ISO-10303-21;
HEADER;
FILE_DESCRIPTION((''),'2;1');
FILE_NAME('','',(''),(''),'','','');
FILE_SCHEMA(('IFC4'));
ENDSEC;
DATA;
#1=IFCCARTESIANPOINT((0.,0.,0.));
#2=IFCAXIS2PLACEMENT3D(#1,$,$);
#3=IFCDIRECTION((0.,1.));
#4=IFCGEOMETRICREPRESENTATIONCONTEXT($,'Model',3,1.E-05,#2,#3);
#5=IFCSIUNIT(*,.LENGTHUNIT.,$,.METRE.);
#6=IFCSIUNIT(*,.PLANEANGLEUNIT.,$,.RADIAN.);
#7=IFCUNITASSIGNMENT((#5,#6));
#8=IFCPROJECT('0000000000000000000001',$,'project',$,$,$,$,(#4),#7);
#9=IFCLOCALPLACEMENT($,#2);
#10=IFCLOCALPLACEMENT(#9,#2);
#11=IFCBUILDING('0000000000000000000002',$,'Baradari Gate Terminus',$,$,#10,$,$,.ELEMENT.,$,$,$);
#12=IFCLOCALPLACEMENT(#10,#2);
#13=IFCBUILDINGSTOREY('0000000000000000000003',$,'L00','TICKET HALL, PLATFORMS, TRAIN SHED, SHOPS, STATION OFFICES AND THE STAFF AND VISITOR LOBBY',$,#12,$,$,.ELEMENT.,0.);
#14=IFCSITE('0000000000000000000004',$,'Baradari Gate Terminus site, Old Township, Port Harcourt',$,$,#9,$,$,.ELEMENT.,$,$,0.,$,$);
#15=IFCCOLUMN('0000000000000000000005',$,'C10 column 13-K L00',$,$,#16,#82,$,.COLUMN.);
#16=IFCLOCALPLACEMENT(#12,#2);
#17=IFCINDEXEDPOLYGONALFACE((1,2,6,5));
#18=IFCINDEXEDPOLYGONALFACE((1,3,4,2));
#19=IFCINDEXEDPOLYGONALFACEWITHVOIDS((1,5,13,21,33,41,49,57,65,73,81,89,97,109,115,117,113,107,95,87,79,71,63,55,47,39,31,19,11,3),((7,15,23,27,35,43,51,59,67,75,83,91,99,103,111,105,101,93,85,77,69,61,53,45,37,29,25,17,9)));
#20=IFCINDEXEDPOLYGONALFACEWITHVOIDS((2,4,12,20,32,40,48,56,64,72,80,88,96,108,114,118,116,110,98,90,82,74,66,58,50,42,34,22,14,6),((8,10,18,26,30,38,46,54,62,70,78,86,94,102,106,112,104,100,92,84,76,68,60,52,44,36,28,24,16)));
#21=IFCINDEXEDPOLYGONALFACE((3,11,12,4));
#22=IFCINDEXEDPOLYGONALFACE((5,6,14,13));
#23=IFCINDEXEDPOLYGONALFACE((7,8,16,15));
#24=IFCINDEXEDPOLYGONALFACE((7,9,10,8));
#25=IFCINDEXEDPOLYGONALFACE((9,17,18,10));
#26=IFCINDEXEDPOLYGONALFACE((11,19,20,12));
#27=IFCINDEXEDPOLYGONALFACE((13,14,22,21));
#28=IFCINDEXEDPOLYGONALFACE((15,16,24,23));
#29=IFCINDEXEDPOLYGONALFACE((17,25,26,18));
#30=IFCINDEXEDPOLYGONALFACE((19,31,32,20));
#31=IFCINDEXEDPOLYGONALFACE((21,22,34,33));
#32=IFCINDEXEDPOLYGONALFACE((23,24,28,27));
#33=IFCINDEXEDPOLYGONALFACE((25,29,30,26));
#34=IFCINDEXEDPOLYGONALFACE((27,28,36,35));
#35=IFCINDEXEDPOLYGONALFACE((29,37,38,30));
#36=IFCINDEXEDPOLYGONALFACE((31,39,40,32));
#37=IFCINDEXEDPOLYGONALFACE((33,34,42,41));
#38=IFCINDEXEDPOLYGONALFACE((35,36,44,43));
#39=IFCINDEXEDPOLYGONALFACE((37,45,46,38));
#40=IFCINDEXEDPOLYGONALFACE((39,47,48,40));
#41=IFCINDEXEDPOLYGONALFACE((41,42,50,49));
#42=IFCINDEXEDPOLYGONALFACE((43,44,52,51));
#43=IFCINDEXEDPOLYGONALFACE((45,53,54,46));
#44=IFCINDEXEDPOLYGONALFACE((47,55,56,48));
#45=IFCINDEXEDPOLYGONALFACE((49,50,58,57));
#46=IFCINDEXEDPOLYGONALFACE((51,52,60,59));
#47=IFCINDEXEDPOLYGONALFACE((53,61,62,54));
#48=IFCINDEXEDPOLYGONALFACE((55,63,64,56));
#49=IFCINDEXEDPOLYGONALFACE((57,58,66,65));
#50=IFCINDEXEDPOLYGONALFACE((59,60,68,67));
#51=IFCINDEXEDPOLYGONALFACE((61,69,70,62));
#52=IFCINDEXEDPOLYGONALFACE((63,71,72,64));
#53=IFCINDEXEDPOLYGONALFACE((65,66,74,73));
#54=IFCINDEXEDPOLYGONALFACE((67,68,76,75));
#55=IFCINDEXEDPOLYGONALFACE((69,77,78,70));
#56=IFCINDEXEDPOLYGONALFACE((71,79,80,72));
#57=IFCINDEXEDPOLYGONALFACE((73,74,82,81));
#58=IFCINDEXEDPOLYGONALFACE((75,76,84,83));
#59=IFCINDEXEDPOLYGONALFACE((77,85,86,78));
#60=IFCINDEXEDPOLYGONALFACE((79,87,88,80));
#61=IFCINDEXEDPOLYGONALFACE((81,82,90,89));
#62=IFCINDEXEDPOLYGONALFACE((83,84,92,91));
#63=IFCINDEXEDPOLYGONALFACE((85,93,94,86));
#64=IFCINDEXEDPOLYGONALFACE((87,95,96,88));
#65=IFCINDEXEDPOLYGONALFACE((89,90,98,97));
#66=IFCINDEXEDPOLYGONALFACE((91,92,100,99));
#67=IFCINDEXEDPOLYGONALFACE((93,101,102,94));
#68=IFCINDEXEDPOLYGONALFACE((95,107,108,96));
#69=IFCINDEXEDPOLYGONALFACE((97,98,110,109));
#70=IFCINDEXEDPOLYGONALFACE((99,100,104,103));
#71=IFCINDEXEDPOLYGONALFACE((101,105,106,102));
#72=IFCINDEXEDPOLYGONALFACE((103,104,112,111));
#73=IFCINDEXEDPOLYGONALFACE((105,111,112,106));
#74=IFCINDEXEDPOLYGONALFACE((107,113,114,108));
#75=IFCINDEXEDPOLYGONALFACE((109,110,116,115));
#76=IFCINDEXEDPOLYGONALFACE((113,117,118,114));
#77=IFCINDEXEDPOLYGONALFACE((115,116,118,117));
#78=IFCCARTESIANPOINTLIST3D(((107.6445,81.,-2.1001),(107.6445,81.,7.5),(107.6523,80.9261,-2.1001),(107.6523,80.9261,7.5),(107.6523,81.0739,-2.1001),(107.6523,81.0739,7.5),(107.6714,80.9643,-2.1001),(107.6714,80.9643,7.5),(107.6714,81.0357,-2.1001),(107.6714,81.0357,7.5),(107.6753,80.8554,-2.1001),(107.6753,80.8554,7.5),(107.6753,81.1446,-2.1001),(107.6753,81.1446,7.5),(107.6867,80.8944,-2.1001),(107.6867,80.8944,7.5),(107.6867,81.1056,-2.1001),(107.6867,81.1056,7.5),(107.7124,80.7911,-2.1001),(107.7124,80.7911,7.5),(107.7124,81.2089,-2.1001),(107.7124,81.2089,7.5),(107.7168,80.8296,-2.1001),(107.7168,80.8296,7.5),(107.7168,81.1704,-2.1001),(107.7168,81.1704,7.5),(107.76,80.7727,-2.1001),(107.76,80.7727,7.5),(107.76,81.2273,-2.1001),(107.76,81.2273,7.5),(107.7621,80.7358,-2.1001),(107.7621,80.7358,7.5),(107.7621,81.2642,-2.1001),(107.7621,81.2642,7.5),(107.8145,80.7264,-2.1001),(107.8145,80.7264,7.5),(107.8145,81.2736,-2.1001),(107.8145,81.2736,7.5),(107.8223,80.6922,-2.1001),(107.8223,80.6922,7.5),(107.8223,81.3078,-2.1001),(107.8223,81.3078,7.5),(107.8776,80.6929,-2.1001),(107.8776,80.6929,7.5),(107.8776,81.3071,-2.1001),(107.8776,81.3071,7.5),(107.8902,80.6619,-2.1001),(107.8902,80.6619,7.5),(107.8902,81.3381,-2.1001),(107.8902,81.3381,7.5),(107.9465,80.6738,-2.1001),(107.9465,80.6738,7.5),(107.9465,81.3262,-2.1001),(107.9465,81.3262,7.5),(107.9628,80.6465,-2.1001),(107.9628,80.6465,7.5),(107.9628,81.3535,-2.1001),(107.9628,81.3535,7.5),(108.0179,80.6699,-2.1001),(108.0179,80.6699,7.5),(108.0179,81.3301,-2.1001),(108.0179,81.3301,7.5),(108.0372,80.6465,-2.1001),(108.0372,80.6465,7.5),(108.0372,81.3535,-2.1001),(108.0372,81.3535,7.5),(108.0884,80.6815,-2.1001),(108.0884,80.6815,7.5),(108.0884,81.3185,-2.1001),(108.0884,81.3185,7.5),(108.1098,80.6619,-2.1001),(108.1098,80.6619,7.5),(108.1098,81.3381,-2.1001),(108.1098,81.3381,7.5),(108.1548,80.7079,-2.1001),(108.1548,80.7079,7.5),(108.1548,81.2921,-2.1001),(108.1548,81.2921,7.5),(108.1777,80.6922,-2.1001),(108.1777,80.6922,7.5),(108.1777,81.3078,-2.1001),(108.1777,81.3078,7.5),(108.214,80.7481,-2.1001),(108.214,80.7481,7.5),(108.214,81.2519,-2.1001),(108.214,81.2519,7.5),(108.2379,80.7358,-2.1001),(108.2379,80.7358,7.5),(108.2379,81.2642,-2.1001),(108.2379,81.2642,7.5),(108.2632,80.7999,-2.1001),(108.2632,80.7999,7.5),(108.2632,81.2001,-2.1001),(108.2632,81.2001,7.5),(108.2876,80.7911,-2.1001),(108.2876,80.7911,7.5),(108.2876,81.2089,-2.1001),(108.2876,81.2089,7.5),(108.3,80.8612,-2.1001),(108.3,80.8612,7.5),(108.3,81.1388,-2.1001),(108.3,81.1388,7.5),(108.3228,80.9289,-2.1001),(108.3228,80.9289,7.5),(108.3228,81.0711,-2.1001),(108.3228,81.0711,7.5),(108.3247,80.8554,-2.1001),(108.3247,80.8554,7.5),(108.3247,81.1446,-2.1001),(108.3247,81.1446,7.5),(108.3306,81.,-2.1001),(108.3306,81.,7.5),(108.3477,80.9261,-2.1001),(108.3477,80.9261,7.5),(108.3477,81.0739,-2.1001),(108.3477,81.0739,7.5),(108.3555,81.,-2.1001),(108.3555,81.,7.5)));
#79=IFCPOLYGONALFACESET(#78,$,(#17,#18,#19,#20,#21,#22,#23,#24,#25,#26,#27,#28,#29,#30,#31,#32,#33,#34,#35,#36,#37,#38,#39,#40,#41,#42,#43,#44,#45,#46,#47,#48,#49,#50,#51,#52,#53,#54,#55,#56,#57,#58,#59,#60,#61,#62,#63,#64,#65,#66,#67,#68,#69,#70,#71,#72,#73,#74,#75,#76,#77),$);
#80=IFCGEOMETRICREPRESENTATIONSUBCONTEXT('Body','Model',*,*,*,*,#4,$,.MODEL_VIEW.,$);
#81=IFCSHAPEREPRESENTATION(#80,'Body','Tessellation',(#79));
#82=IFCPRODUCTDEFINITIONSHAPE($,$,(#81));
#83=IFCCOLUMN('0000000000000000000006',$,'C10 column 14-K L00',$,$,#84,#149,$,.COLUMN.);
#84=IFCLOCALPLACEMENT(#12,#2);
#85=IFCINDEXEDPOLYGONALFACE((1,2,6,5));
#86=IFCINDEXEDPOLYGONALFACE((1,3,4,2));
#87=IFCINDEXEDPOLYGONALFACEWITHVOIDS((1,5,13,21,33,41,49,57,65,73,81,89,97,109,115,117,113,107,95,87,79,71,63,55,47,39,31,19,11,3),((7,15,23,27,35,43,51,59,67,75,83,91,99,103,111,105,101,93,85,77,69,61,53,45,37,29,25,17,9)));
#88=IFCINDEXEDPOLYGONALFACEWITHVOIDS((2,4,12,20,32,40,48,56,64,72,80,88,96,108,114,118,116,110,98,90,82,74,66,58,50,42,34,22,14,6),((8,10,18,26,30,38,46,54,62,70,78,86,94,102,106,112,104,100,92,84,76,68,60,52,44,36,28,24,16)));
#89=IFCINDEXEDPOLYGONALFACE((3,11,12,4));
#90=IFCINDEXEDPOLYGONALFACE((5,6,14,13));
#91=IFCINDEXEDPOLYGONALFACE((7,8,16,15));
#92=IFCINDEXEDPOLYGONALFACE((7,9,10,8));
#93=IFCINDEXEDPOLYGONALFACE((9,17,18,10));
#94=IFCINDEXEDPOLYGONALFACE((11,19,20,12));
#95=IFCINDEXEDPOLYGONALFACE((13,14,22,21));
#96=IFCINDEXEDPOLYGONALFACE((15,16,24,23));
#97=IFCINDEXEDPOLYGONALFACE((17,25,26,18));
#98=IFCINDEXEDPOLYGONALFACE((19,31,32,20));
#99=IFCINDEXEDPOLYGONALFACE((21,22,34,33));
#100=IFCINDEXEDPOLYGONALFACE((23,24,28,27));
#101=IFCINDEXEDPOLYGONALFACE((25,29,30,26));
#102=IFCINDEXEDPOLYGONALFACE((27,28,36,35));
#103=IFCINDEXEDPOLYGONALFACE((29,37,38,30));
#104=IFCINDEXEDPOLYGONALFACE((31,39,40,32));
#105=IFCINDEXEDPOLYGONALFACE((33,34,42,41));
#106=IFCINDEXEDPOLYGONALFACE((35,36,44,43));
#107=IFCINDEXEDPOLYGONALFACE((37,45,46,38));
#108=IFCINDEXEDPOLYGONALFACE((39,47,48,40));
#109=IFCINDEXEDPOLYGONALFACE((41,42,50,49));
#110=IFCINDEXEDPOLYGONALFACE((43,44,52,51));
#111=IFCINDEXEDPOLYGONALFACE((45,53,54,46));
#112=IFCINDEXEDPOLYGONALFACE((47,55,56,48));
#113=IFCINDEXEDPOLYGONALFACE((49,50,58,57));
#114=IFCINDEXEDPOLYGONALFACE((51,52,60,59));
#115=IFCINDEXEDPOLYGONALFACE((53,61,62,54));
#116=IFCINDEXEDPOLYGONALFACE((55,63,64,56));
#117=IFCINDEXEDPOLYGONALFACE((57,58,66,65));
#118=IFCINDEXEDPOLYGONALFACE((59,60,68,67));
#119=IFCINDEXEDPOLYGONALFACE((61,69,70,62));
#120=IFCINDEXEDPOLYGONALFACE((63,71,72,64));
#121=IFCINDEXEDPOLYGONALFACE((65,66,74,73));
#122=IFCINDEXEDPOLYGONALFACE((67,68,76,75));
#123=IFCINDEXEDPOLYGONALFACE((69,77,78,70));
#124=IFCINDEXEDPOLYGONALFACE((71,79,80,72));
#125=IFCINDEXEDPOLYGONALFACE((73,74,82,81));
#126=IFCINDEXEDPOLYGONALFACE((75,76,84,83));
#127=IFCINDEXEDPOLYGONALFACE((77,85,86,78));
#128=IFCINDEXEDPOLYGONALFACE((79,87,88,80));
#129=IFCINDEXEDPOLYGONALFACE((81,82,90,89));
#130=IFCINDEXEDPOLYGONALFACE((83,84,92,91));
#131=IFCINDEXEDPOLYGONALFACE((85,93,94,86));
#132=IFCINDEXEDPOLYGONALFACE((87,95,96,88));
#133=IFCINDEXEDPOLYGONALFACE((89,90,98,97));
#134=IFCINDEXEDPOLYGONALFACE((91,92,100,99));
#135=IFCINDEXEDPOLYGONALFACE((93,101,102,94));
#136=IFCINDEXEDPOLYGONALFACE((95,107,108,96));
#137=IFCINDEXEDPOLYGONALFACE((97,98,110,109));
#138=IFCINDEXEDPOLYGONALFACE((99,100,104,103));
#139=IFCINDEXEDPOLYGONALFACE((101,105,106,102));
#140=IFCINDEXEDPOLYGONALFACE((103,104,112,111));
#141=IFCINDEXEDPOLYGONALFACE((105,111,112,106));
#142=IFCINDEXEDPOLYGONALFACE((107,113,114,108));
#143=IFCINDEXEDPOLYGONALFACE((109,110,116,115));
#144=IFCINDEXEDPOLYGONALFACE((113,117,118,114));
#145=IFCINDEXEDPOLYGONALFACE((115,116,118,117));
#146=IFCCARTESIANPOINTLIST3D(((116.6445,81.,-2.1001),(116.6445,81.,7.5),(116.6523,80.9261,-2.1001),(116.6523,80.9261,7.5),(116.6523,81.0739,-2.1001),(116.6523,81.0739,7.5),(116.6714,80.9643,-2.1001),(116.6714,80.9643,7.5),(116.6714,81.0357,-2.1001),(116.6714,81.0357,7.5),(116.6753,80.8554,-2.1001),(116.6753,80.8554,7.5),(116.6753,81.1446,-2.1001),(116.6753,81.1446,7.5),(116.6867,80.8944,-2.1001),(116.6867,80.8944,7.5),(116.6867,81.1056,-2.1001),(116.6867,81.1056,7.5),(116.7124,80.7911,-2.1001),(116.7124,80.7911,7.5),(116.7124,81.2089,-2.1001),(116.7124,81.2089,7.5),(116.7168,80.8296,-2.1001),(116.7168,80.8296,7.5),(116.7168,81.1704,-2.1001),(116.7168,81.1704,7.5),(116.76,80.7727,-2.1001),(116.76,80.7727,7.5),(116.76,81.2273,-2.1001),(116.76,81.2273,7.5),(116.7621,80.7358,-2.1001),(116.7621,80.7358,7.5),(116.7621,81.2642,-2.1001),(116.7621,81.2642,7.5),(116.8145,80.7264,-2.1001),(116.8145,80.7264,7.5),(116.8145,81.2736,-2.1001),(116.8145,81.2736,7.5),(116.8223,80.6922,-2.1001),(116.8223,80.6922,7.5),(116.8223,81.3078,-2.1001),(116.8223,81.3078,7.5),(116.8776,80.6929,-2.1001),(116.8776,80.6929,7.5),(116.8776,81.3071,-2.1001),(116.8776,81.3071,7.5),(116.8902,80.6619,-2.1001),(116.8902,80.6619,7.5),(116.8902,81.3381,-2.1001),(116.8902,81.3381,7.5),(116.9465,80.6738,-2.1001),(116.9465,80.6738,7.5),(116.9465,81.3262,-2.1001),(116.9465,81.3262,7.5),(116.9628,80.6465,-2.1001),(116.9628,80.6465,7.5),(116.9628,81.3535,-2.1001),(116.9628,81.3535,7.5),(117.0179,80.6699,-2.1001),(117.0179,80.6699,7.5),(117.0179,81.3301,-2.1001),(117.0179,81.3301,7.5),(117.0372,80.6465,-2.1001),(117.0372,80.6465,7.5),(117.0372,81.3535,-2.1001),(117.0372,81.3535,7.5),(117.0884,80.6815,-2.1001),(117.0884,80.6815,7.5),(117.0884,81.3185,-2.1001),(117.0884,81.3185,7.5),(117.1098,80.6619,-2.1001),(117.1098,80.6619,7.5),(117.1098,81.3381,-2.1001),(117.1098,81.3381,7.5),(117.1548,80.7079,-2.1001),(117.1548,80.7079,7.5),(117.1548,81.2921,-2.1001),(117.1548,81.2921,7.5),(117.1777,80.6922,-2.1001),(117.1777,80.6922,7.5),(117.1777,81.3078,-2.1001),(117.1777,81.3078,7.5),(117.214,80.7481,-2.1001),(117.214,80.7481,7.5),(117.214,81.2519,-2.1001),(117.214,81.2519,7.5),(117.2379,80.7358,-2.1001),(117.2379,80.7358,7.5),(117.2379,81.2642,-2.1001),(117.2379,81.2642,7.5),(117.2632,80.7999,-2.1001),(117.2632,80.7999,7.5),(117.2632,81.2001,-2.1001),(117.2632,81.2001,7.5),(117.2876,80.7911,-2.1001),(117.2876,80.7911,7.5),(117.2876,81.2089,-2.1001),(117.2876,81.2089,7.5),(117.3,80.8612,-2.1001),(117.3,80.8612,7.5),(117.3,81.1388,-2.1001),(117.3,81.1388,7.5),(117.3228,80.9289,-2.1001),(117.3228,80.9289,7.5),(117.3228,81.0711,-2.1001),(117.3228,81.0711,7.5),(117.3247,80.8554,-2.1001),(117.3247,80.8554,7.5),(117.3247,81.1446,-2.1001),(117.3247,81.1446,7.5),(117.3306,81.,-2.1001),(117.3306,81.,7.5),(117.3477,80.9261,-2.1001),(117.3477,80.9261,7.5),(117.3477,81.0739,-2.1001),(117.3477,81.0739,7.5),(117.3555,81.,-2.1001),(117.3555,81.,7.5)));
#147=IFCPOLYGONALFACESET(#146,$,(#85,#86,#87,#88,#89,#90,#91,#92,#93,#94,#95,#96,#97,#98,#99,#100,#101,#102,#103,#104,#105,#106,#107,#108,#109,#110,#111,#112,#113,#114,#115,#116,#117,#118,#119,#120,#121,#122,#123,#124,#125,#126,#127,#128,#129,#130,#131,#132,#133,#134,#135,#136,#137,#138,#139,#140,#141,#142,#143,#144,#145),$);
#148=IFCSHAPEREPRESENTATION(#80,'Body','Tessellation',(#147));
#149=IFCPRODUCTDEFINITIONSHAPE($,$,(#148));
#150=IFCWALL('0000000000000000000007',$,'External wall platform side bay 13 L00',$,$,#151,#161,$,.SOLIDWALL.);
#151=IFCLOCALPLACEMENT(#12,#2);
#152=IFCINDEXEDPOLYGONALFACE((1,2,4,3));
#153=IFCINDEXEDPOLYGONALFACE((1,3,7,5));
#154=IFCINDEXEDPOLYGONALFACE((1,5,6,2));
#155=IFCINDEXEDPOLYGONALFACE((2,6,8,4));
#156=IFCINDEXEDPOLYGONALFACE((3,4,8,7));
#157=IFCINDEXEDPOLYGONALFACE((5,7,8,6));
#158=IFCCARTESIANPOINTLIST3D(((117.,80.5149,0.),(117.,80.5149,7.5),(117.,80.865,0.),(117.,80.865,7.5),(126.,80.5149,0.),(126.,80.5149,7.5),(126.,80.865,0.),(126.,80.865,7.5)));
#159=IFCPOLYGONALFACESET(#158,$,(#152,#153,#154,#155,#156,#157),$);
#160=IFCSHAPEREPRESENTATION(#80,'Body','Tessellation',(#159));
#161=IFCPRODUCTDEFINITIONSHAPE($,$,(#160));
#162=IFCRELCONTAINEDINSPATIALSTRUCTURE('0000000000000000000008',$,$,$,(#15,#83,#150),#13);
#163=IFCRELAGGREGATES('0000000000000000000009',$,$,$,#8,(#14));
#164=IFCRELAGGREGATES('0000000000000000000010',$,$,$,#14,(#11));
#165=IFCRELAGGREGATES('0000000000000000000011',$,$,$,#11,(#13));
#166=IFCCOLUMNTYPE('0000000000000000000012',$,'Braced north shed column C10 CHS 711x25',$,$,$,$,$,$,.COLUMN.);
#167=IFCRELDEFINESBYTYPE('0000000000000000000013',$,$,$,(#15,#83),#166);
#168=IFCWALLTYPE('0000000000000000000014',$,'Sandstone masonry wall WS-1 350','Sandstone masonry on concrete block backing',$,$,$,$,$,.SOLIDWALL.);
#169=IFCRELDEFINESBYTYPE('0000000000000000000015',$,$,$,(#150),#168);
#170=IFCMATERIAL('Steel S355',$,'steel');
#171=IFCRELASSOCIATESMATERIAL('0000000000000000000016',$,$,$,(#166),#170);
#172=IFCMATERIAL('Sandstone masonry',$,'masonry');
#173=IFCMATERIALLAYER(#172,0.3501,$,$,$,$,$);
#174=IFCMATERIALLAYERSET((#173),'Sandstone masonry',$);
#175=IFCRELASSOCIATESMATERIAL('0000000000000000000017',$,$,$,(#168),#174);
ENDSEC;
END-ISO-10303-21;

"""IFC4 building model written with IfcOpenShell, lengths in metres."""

from ifc_helpers import new_model, si_unit, direction, frame, frame_2d, origin, origin_2d, place, context, subcontext, project, spatial, rectangle, hollow_circle, extrude, material, layer, layer_set, material_profile, profile_set, type_object, element, save


model = new_model("IFC4")

# Units and contexts
model_context = context("Model", 3, precision=1e-05, world=origin(), true_north=direction((0.0, 1.0)))
body_context = subcontext(model_context, "Body", "Model", "MODEL_VIEW")
ifc_project = project(units=[si_unit("LENGTHUNIT", "METRE"), si_unit("PLANEANGLEUNIT", "RADIAN")], contexts=[model_context])

# Site, building, storey
site_placement = place(None, origin())
site = spatial("IfcSite", under=ifc_project, at=site_placement, Name="Baradari Gate Terminus site, Old Township, Port Harcourt", CompositionType="ELEMENT", RefElevation=0.0)
building_placement = place(site_placement, origin())
building = spatial("IfcBuilding", under=site, at=building_placement, Name="Baradari Gate Terminus", CompositionType="ELEMENT")
storey_placement = place(building_placement, origin())
storey = spatial("IfcBuildingStorey", under=building, at=storey_placement, Name="L00", Description="TICKET HALL, PLATFORMS, TRAIN SHED, SHOPS, STATION OFFICES AND THE STAFF AND VISITOR LOBBY", CompositionType="ELEMENT", Elevation=0.0)

# Columns
ifc_material_1 = material(Name="Steel S355", Category="steel")
ifc_material_profile = material_profile(ifc_material_1, hollow_circle(Radius=0.3555, WallThickness=0.0249, at=origin_2d()), Name="CHS 711x25")
ifc_profile_set = profile_set([ifc_material_profile], Name="Steel S355")
column_type = type_object("IfcColumnType", Name="Braced north shed column C10 CHS 711x25", PredefinedType="COLUMN", material=ifc_profile_set)
for number, where, z_axis, x_axis, name in (
    (1, (108.0, 81.0, -2.1001), (0.0, 0.0, 1.0), (1.0, 0.0, 0.0), "C10 column 13-K L00"),
    (2, (117.0, 81.0, -2.1001), (0.0, 0.0, 1.0), (1.0, 0.0, 0.0), "C10 column 14-K L00"),
):
    element("IfcColumn", number, at=place(storey_placement, frame(where, z_axis=z_axis, x_axis=x_axis)), inside=storey, type_object=column_type, Name=name, PredefinedType="COLUMN", context=body_context, shape_type="SweptSolid", body=[
        extrude(hollow_circle(Radius=0.3555, WallThickness=0.0249, at=origin_2d()), origin(), (0.0, 0.0, 1.0), 9.6001),
    ])

# Shared definitions
ifc_material_2 = material(Name="Sandstone masonry", Category="masonry")
ifc_layer = layer(ifc_material_2, 0.3501)
ifc_layer_set = layer_set([ifc_layer], Name="Sandstone masonry")
wall_type = type_object("IfcWallType", Name="Sandstone masonry wall WS-1 350", Description="Sandstone masonry on concrete block backing", PredefinedType="SOLIDWALL", material=ifc_layer_set)

# Wall
wall_1_placement = place(storey_placement, frame((117.0, 80.6899, 0.0), z_axis=(0.0, 0.0, 1.0), x_axis=(1.0, 0.0, 0.0)))
element("IfcWall", 3, at=wall_1_placement, inside=storey, type_object=wall_type, Name="External wall platform side bay 13 L00", PredefinedType="SOLIDWALL", context=body_context, shape_type="SweptSolid", body=[
    extrude(rectangle(XDim=9.0, YDim=0.3501, at=frame_2d((4.5, 0.0))), origin(), (0.0, 0.0, 1.0), 7.5),
])

save(model, "model.ifc")
